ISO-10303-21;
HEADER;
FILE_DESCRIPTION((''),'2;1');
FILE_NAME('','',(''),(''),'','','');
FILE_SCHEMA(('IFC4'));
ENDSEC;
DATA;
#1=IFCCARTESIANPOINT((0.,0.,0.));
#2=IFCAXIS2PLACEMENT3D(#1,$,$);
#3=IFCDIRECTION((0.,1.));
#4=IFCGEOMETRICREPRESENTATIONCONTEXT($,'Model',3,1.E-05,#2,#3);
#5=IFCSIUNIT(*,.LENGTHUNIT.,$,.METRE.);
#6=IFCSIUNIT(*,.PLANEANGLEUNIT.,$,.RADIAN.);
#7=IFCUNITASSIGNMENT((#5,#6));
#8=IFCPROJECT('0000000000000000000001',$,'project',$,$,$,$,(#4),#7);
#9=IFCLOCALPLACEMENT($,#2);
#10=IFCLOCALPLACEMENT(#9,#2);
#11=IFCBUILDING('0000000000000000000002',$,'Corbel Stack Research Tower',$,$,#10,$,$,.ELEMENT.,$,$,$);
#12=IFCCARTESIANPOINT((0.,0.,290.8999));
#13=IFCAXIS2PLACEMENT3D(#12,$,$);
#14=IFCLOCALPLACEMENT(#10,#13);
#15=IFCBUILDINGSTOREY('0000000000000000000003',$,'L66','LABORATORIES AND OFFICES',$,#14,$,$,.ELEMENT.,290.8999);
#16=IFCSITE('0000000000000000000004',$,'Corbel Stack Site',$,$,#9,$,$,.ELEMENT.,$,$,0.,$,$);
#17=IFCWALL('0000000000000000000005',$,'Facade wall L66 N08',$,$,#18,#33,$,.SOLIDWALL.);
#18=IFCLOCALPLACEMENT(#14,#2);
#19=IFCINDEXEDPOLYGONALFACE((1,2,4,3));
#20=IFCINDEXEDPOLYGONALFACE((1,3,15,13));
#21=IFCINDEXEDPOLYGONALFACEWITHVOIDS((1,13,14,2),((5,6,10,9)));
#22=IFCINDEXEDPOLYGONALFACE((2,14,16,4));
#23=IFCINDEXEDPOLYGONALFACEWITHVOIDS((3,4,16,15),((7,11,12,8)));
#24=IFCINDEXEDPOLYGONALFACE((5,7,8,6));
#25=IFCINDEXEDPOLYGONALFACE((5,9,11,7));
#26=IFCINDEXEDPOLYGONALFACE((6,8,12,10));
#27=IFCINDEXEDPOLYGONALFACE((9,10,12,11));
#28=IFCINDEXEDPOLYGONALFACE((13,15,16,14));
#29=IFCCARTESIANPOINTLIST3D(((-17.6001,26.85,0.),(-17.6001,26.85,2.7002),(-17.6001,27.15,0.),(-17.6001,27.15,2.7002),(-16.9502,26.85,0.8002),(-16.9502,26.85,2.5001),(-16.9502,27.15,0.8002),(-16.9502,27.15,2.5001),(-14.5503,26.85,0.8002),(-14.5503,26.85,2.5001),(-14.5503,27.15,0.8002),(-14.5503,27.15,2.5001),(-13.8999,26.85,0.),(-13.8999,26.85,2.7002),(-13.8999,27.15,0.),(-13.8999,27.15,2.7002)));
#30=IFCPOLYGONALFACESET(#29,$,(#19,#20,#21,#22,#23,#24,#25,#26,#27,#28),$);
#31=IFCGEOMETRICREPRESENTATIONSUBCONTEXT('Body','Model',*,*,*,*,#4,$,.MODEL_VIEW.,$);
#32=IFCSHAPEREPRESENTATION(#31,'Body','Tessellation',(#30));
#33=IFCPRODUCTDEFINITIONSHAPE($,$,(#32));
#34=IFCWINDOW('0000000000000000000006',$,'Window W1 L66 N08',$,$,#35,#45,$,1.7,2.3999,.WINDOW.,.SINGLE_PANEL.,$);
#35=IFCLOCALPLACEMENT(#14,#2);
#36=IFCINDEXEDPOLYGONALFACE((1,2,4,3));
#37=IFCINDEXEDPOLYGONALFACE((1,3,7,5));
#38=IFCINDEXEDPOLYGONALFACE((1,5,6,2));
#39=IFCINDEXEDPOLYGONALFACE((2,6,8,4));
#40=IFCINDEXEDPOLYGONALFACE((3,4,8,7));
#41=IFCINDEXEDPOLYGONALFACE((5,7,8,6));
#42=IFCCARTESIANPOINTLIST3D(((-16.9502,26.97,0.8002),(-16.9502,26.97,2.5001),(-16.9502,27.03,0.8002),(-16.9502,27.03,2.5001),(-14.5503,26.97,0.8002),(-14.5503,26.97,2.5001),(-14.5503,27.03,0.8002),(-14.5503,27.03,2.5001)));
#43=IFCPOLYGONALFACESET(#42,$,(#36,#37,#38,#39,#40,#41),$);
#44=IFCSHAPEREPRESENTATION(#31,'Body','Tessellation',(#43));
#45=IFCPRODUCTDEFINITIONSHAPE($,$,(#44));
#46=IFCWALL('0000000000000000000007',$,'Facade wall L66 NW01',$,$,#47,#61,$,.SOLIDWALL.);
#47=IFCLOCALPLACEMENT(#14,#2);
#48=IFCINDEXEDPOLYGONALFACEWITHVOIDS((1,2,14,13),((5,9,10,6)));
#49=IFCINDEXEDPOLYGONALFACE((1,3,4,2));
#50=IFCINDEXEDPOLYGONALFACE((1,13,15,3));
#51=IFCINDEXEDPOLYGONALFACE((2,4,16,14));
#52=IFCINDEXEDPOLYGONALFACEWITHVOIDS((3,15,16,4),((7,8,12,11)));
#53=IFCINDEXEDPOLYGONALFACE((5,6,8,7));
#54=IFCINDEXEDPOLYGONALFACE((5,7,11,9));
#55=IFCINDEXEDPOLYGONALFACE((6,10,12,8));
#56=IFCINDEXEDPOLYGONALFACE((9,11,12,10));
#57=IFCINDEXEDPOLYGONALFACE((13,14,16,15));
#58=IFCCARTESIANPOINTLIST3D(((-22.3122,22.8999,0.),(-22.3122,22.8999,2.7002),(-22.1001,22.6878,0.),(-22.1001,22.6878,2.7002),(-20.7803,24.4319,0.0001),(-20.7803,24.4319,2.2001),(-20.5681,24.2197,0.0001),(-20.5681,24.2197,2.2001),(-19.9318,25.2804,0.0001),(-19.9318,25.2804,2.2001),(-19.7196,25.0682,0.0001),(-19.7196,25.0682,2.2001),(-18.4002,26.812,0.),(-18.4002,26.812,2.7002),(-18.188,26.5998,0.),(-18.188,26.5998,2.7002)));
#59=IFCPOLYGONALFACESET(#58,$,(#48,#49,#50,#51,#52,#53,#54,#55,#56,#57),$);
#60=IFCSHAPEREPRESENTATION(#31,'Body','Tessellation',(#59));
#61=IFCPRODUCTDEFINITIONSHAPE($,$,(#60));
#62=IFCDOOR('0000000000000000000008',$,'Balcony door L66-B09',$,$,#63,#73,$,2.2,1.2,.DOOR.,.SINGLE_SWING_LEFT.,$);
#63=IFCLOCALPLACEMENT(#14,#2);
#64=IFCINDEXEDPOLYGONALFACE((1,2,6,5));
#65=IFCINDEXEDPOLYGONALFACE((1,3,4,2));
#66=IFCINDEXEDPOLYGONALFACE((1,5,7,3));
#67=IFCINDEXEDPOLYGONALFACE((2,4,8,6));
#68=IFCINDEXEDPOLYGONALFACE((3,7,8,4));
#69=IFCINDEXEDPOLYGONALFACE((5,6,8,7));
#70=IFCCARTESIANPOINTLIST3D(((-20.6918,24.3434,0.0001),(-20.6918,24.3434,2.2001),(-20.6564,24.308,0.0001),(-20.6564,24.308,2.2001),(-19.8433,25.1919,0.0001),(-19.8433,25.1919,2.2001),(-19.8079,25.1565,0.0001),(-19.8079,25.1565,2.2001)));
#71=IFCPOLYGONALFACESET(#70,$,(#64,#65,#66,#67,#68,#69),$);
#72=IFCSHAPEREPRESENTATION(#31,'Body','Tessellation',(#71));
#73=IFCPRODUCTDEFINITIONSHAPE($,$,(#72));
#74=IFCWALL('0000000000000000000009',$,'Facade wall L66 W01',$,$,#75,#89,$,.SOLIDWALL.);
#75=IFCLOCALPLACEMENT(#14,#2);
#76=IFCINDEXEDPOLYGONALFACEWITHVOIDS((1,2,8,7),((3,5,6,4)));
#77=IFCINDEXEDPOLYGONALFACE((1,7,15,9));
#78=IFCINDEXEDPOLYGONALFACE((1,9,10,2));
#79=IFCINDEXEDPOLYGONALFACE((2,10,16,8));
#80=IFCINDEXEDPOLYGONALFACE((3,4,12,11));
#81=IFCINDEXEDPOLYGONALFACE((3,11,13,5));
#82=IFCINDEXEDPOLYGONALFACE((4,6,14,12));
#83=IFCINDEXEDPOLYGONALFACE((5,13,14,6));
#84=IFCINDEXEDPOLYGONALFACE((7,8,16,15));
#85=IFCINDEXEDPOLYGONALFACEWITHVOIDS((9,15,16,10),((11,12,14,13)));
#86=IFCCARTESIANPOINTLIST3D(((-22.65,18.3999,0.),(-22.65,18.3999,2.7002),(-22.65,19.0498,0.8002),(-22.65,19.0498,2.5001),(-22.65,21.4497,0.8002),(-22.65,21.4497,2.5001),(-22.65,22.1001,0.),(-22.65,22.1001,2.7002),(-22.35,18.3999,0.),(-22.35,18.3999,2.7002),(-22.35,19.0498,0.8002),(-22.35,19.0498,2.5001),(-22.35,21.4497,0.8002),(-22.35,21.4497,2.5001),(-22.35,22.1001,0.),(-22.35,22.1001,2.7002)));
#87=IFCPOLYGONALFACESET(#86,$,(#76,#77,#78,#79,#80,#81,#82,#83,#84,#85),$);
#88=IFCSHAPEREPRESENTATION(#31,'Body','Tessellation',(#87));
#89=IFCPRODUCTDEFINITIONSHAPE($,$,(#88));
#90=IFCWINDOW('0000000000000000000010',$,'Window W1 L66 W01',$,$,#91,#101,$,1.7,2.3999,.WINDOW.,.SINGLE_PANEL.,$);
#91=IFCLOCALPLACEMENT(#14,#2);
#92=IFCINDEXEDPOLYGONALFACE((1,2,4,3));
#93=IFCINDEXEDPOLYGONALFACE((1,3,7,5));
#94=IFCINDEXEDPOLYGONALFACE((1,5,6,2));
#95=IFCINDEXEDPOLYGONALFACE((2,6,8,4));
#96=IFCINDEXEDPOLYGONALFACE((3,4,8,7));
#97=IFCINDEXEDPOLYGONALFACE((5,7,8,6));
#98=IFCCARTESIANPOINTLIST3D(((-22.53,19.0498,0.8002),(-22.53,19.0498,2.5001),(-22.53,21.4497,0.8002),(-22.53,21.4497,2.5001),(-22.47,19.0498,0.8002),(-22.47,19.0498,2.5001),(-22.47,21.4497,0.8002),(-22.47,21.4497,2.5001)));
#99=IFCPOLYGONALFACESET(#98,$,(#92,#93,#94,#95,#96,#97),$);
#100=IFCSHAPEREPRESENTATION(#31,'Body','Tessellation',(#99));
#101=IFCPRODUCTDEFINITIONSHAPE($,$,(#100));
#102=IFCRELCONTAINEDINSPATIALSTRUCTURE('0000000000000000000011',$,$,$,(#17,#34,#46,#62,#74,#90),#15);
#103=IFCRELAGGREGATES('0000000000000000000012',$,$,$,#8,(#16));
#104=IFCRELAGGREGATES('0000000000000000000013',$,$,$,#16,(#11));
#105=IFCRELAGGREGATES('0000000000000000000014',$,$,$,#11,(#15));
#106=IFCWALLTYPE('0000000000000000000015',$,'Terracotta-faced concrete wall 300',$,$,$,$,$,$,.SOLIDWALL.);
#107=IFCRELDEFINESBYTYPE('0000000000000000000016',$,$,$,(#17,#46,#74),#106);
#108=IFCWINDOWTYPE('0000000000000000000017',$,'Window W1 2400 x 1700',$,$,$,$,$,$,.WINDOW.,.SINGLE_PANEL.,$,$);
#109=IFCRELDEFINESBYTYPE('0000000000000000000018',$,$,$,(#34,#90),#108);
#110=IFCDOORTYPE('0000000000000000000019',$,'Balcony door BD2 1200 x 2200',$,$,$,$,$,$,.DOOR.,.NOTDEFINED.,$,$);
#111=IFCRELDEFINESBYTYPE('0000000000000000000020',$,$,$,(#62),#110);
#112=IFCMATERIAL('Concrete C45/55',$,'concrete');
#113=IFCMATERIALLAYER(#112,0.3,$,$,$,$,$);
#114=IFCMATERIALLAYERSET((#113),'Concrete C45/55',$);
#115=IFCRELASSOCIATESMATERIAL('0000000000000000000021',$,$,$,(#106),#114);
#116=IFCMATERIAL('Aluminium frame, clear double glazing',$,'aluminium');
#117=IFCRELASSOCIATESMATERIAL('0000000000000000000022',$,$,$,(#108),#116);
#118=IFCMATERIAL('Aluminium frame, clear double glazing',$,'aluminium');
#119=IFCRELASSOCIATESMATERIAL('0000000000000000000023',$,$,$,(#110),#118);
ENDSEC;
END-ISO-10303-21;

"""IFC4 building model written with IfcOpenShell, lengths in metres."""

from ifc_helpers import new_model, si_unit, direction, frame, frame_2d, origin, place, context, subcontext, project, spatial, rectangle, extrude, material, layer, layer_set, type_object, element, fill, save


model = new_model("IFC4")

# Units and contexts
model_context = context("Model", 3, precision=1e-05, world=origin(), true_north=direction((0.0, 1.0)))
body_context = subcontext(model_context, "Body", "Model", "MODEL_VIEW")
ifc_project = project(units=[si_unit("LENGTHUNIT", "METRE"), si_unit("PLANEANGLEUNIT", "RADIAN")], contexts=[model_context])

# Site, building, storey
site_placement = place(None, origin())
site = spatial("IfcSite", under=ifc_project, at=site_placement, Name="Corbel Stack Site", CompositionType="ELEMENT", RefElevation=0.0)
building_placement = place(site_placement, origin())
building = spatial("IfcBuilding", under=site, at=building_placement, Name="Corbel Stack Research Tower", CompositionType="ELEMENT")
storey_placement = place(building_placement, frame((0.0, 0.0, 290.8999)))
storey = spatial("IfcBuildingStorey", under=building, at=storey_placement, Name="L66", Description="LABORATORIES AND OFFICES", CompositionType="ELEMENT", Elevation=290.8999)

# Wall, opening, window
ifc_material_1 = material(Name="Concrete C45/55", Category="concrete")
ifc_layer_1 = layer(ifc_material_1, 0.3)
ifc_layer_set_1 = layer_set([ifc_layer_1], Name="Concrete C45/55")
wall_type_1 = type_object("IfcWallType", Name="Terracotta-faced concrete wall 300", PredefinedType="SOLIDWALL", material=ifc_layer_set_1)
wall_1_placement = place(storey_placement, frame((-17.6001, 27.0, 0.0), z_axis=(0.0, 0.0, 1.0), x_axis=(1.0, 0.0, 0.0)))
wall_1 = element("IfcWall", 1, at=wall_1_placement, inside=storey, type_object=wall_type_1, Name="Facade wall L66 N08", PredefinedType="SOLIDWALL", context=body_context, shape_type="SweptSolid", body=[
    extrude(rectangle(XDim=3.7002, YDim=0.3, at=frame_2d((1.8501, 0.0))), origin(), (0.0, 0.0, 1.0), 2.7002),
])
opening_1_placement = place(wall_1_placement, frame((0.6499, 0.0, 0.8)))
opening_1 = element("IfcOpeningElement", 2, at=opening_1_placement, cuts=wall_1, PredefinedType="OPENING", context=body_context, shape_type="SweptSolid", body=[
    extrude(rectangle(XDim=2.3999, YDim=1.7, at=frame_2d((1.2, 0.8501))), frame((0.0, 0.1599, 0.0), z_axis=(0.0, -1.0, 0.0), x_axis=(1.0, 0.0, 0.0)), (0.0, 0.0, 1.0), 0.3201),
])
ifc_material_2 = material(Name="Aluminium frame, clear double glazing", Category="aluminium")
window_type = type_object("IfcWindowType", Name="Window W1 2400 x 1700", PartitioningType="SINGLE_PANEL", PredefinedType="WINDOW", material=ifc_material_2)
window_1_placement = place(opening_1_placement, origin())
window_1 = element("IfcWindow", 3, at=window_1_placement, inside=storey, type_object=window_type, Name="Window W1 L66 N08", OverallHeight=1.7, OverallWidth=2.3999, PartitioningType="SINGLE_PANEL", PredefinedType="WINDOW", context=body_context, shape_type="SweptSolid", body=[
    extrude(rectangle(XDim=2.3999, YDim=1.7, at=frame_2d((1.2, 0.8501))), frame((0.0, 0.03, 0.0), z_axis=(0.0, -1.0, 0.0), x_axis=(1.0, 0.0, 0.0)), (0.0, 0.0, 1.0), 0.0601),
])
fill(opening_1, window_1)

# Wall, opening, door
wall_2_placement = place(storey_placement, frame((-22.2061, 22.7939, 0.0), z_axis=(0.0, 0.0, 1.0), x_axis=(0.707107, 0.707107, 0.0)))
wall_2 = element("IfcWall", 4, at=wall_2_placement, inside=storey, type_object=wall_type_1, Name="Facade wall L66 NW01", PredefinedType="SOLIDWALL", context=body_context, shape_type="SweptSolid", body=[
    extrude(rectangle(XDim=5.5325, YDim=0.3, at=frame_2d((2.7661, 0.0))), origin(), (0.0, 0.0, 1.0), 2.7002),
])
opening_2_placement = place(wall_2_placement, frame((2.1663, 0.0, 0.0)))
opening_2 = element("IfcOpeningElement", 5, at=opening_2_placement, cuts=wall_2, PredefinedType="OPENING", context=body_context, shape_type="SweptSolid", body=[
    extrude(rectangle(XDim=1.2, YDim=2.2, at=frame_2d((0.6001, 1.1001))), frame((0.0, 0.1599, 0.0), z_axis=(0.0, -1.0, 0.0), x_axis=(1.0, 0.0, 0.0)), (0.0, 0.0, 1.0), 0.3201),
])
ifc_material_3 = material(Name="Aluminium frame, clear double glazing", Category="aluminium")
door_type_1 = type_object("IfcDoorType", Name="Balcony door BD2 1200 x 2200", OperationType="NOTDEFINED", PredefinedType="DOOR", material=ifc_material_3)
door_1_placement = place(opening_2_placement, origin())
door_1 = element("IfcDoor", 6, at=door_1_placement, inside=storey, type_object=door_type_1, Name="Balcony door L66-B09", OperationType="SINGLE_SWING_LEFT", OverallHeight=2.2, OverallWidth=1.2, PredefinedType="DOOR", context=body_context, shape_type="SweptSolid", body=[
    extrude(rectangle(XDim=1.2, YDim=2.2, at=frame_2d((0.6001, 1.1001))), frame((0.0, 0.0249, 0.0), z_axis=(0.0, -1.0, 0.0), x_axis=(1.0, 0.0, 0.0)), (0.0, 0.0, 1.0), 0.05),
])
fill(opening_2, door_1)

# Wall, opening, window
wall_3_placement = place(storey_placement, frame((-22.5, 18.3999, 0.0), z_axis=(0.0, 0.0, 1.0), x_axis=(0.0, 1.0, 0.0)))
wall_3 = element("IfcWall", 7, at=wall_3_placement, inside=storey, type_object=wall_type_1, Name="Facade wall L66 W01", PredefinedType="SOLIDWALL", context=body_context, shape_type="SweptSolid", body=[
    extrude(rectangle(XDim=3.7002, YDim=0.3, at=frame_2d((1.8501, 0.0))), origin(), (0.0, 0.0, 1.0), 2.7002),
])
opening_3_placement = place(wall_3_placement, frame((0.6499, 0.0, 0.8)))
opening_3 = element("IfcOpeningElement", 8, at=opening_3_placement, cuts=wall_3, PredefinedType="OPENING", context=body_context, shape_type="SweptSolid", body=[
    extrude(rectangle(XDim=2.3999, YDim=1.7, at=frame_2d((1.2, 0.8501))), frame((0.0, 0.1599, 0.0), z_axis=(0.0, -1.0, 0.0), x_axis=(1.0, 0.0, 0.0)), (0.0, 0.0, 1.0), 0.3201),
])
window_2_placement = place(opening_3_placement, origin())
window_2 = element("IfcWindow", 9, at=window_2_placement, inside=storey, type_object=window_type, Name="Window W1 L66 W01", OverallHeight=1.7, OverallWidth=2.3999, PartitioningType="SINGLE_PANEL", PredefinedType="WINDOW", context=body_context, shape_type="SweptSolid", body=[
    extrude(rectangle(XDim=2.3999, YDim=1.7, at=frame_2d((1.2, 0.8501))), frame((0.0, 0.03, 0.0), z_axis=(0.0, -1.0, 0.0), x_axis=(1.0, 0.0, 0.0)), (0.0, 0.0, 1.0), 0.0601),
])
fill(opening_3, window_2)

save(model, "model.ifc")
